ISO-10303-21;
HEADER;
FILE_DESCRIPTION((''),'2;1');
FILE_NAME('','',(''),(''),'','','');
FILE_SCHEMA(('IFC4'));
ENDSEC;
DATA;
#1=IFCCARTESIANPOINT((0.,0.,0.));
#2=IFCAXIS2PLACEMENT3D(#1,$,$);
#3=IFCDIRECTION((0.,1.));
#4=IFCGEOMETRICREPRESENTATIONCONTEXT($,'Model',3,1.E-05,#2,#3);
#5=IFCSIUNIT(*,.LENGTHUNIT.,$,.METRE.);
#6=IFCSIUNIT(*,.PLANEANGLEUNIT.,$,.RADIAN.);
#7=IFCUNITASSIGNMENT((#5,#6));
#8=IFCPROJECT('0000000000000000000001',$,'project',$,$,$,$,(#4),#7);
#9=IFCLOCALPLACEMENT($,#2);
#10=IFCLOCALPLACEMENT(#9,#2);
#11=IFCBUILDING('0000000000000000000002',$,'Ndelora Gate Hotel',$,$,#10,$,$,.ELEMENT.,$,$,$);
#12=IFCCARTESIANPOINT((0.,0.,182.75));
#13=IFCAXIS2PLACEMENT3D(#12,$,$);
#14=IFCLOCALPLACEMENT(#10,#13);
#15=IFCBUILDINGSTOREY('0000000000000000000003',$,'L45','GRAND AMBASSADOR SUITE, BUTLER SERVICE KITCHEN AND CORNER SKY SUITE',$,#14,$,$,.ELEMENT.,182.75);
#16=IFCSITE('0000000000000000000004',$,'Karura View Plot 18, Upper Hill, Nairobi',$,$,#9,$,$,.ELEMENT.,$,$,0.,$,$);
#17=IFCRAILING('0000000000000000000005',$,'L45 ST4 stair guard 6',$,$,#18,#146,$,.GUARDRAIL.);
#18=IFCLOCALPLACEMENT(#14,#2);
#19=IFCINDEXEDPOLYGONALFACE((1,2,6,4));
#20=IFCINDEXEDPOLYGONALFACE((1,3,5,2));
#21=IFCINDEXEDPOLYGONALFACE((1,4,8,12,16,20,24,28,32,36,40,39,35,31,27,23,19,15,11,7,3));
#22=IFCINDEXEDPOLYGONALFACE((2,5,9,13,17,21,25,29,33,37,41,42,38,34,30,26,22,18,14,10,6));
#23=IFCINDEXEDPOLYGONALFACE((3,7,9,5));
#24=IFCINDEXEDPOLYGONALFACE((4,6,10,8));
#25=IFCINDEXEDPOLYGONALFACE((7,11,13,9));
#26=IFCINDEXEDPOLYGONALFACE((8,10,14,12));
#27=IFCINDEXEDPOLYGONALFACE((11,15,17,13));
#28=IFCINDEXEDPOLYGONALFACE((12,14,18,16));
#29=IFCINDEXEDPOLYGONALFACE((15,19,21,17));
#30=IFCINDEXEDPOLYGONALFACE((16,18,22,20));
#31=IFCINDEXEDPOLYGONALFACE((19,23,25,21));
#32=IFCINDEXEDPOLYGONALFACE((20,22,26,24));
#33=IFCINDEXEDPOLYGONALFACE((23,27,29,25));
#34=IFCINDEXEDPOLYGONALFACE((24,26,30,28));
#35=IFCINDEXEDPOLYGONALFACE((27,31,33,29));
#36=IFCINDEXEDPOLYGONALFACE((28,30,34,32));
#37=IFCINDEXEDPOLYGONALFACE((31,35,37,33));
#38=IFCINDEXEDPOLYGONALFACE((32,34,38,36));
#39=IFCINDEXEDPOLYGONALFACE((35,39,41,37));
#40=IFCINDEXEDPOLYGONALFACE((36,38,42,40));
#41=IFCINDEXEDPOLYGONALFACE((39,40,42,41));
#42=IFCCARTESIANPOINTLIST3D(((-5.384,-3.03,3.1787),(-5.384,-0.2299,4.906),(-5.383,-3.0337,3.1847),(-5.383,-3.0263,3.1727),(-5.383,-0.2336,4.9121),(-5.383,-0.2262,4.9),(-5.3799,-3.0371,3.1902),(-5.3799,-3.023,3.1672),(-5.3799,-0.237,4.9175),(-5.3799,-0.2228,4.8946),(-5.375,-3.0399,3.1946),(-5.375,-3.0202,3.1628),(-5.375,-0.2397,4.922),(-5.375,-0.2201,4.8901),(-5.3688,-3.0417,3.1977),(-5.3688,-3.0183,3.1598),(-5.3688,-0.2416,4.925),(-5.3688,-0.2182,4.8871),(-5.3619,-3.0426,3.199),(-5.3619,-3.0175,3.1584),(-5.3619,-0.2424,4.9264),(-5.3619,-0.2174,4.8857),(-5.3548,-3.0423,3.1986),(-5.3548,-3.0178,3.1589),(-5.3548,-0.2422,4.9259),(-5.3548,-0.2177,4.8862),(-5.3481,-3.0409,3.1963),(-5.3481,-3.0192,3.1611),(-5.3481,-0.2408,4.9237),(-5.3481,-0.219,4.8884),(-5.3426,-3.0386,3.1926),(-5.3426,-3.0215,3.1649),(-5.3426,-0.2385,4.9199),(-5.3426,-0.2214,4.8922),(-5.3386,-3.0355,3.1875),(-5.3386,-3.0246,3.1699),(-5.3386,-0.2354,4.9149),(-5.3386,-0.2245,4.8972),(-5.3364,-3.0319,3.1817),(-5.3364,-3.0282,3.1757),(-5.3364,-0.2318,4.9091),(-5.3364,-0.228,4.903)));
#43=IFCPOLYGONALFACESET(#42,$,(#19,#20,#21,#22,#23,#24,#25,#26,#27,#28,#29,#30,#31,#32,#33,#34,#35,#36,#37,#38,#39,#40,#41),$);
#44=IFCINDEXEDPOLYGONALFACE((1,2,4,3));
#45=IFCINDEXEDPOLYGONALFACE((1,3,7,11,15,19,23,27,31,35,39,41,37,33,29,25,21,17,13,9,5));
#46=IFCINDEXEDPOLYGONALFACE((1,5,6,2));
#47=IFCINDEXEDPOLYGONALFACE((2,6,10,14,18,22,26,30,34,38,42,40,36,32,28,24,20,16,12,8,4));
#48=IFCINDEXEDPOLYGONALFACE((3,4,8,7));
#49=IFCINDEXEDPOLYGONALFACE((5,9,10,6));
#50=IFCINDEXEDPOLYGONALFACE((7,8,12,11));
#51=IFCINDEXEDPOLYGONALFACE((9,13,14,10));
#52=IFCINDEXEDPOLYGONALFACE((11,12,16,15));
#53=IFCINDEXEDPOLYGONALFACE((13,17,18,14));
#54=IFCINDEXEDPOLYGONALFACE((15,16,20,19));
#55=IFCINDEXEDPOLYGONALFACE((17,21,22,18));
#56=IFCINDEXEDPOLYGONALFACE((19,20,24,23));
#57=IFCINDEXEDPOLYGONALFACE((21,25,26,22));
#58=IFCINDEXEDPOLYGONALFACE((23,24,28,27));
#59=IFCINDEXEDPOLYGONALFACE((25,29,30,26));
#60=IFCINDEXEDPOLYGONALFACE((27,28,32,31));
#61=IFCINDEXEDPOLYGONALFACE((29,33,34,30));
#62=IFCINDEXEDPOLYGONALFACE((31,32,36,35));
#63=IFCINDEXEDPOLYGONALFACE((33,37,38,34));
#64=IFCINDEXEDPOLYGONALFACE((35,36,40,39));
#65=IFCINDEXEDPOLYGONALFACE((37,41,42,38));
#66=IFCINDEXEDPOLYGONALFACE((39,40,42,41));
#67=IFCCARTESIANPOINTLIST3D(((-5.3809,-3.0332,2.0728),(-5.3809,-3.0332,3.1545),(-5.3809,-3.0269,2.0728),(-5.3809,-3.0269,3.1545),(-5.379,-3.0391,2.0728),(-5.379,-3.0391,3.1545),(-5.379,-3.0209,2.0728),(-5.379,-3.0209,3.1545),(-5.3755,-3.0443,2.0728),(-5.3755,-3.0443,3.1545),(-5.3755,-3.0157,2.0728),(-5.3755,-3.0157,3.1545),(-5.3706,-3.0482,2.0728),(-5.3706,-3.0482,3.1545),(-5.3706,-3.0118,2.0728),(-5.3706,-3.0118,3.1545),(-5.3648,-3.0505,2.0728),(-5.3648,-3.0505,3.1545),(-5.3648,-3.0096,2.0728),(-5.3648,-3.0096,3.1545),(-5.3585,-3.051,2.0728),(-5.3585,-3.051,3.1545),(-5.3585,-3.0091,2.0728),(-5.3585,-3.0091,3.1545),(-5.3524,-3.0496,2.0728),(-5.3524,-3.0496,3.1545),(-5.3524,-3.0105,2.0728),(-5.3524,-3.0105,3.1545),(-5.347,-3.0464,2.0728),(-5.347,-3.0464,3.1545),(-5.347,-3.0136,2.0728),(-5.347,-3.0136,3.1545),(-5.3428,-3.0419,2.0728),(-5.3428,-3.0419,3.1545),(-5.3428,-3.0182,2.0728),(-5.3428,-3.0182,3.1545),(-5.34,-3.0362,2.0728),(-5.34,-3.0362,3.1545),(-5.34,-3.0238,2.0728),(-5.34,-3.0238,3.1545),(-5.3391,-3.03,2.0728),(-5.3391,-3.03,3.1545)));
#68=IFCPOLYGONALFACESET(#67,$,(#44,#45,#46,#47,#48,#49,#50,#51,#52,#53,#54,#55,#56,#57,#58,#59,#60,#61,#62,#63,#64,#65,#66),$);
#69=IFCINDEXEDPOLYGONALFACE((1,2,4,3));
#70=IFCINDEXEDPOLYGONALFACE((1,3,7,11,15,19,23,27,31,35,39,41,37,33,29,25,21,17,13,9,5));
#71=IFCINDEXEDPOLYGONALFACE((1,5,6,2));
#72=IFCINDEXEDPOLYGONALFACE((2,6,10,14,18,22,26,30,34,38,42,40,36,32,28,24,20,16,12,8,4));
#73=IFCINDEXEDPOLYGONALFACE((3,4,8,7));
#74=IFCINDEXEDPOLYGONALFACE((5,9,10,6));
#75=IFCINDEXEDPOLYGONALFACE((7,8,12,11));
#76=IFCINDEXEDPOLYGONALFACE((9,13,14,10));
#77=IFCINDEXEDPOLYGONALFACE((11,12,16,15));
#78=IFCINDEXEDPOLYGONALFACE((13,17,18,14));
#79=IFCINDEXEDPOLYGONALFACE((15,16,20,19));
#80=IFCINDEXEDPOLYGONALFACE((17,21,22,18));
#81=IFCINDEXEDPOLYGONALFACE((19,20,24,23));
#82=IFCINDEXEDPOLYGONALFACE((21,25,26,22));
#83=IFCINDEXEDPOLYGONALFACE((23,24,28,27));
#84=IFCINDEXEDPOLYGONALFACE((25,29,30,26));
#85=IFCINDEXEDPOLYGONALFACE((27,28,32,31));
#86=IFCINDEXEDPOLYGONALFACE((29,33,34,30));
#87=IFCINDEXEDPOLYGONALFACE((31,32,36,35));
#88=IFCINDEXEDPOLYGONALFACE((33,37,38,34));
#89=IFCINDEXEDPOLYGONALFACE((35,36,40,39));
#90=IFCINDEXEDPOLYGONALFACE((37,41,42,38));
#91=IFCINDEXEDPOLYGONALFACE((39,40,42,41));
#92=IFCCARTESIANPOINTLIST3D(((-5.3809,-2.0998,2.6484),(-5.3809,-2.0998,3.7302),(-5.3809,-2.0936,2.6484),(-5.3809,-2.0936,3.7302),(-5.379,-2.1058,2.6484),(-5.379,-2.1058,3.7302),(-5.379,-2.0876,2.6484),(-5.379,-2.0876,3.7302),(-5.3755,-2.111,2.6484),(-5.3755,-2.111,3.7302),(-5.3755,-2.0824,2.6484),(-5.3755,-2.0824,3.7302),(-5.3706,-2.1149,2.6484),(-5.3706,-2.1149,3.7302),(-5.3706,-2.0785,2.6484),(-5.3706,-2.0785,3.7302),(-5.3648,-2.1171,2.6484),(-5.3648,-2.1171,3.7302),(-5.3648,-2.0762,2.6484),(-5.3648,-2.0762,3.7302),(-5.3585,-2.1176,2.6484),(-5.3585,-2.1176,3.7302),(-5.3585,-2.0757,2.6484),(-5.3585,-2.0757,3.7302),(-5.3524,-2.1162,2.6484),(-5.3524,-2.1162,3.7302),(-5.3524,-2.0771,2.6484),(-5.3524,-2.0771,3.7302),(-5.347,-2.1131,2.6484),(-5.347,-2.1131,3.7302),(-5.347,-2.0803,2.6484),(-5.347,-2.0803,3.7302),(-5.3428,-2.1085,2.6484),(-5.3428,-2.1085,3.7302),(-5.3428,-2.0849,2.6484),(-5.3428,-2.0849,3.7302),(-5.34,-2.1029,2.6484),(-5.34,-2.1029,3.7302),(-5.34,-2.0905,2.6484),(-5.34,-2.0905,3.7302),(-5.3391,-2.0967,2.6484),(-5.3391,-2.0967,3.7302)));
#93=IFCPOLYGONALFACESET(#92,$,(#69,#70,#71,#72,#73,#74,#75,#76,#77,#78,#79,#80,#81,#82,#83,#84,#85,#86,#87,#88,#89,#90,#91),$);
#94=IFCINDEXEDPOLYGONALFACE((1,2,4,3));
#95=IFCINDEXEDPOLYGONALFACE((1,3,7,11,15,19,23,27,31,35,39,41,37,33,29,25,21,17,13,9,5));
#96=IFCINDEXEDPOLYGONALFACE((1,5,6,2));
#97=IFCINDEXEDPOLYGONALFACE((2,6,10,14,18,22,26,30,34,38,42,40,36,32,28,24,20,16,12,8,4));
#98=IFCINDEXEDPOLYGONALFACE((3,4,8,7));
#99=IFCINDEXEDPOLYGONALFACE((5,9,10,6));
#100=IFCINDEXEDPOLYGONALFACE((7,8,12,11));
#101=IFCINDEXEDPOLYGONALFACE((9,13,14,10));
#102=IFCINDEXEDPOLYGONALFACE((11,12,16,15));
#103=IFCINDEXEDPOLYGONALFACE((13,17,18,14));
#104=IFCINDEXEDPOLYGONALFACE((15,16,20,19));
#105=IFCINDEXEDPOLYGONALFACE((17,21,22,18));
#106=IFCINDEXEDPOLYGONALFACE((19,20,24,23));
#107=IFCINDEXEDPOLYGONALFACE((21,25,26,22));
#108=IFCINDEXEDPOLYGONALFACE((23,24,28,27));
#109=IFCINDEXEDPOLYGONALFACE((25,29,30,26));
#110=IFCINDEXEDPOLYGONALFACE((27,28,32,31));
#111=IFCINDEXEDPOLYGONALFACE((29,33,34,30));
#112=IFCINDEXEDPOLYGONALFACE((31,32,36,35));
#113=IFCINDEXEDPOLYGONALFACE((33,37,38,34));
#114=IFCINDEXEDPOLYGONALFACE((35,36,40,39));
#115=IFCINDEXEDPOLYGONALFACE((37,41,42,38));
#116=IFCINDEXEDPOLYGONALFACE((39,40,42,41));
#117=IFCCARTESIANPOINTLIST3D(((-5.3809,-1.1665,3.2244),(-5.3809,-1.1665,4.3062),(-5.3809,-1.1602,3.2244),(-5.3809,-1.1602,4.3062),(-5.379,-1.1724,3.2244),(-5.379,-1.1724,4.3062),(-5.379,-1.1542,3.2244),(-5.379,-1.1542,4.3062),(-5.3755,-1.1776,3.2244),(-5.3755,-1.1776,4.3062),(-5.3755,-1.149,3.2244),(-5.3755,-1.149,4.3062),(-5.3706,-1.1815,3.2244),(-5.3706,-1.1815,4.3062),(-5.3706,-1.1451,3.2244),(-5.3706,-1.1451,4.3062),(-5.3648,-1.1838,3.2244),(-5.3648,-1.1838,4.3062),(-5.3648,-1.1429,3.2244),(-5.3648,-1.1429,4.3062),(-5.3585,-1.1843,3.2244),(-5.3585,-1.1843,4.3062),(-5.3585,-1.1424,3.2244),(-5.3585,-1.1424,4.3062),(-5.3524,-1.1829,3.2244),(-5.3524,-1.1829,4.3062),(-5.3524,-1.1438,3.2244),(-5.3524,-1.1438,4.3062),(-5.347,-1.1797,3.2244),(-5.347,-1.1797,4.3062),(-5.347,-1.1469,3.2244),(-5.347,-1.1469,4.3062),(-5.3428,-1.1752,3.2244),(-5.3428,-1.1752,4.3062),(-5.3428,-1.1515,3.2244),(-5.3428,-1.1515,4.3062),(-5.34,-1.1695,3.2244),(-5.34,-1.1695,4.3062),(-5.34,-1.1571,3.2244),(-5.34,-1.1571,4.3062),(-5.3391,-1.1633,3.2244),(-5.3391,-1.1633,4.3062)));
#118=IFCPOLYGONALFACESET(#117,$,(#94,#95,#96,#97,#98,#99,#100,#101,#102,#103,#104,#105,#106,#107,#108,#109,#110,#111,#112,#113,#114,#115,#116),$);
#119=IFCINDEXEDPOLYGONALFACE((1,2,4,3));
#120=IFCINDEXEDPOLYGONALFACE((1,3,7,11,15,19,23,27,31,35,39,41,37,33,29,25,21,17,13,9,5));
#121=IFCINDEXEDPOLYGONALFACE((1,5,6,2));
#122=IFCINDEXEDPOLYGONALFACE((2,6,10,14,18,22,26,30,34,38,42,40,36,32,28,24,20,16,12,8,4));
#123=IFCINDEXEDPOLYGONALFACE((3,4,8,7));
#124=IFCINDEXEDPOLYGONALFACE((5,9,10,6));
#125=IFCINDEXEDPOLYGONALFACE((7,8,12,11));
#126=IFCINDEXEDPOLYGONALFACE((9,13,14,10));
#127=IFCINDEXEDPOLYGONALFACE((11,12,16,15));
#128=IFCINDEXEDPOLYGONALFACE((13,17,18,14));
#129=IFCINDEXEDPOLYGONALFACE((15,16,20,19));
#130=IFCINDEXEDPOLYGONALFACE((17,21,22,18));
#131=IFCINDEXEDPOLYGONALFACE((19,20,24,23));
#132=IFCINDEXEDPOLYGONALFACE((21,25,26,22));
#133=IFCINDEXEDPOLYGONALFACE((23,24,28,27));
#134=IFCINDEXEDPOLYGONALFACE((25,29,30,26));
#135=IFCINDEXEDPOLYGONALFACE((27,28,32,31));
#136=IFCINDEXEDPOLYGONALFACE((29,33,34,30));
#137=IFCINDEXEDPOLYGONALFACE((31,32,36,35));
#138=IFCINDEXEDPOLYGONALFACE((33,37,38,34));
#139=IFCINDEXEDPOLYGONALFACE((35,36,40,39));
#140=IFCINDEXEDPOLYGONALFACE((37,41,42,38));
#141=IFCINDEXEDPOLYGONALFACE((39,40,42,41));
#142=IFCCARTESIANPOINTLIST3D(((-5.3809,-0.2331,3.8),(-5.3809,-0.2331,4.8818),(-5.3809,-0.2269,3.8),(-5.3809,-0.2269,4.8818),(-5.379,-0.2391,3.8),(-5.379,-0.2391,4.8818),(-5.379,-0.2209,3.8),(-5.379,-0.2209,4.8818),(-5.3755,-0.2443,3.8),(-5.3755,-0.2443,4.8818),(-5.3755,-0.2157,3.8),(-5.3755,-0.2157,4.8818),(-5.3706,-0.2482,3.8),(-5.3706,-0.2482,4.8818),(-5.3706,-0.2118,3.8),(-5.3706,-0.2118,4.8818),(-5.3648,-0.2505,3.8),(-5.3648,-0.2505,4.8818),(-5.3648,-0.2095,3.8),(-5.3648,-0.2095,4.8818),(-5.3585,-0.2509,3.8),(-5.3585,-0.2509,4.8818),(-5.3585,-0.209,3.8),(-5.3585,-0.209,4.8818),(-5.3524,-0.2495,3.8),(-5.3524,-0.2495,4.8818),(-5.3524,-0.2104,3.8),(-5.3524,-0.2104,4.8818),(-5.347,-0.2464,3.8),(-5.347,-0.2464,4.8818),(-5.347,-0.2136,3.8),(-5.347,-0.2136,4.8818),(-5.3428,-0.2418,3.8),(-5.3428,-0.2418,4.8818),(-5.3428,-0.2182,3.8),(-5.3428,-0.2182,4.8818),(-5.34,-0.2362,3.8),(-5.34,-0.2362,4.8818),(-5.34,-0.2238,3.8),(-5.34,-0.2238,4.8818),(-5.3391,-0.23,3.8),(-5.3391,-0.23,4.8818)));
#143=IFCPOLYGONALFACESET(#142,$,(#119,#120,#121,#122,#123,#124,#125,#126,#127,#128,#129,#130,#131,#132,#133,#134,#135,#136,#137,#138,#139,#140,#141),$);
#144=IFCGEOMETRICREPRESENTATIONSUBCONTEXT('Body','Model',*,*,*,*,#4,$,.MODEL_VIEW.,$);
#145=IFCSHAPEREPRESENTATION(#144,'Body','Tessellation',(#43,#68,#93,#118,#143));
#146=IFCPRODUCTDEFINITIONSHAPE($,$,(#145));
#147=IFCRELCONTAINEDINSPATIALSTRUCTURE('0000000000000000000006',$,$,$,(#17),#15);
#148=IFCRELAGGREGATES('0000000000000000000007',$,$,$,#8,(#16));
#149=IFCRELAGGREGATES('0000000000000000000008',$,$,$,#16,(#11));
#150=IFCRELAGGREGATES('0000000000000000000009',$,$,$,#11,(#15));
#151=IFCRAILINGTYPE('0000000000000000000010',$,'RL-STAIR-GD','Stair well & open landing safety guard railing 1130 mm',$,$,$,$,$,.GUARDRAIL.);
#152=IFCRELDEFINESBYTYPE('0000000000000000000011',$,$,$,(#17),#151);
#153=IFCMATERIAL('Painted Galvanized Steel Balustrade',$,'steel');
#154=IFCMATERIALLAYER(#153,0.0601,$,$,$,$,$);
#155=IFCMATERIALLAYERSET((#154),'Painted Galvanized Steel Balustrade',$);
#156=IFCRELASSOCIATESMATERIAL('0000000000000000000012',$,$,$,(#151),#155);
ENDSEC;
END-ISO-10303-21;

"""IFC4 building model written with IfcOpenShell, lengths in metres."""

from ifc_helpers import new_model, si_unit, direction, frame, origin, origin_2d, place, context, subcontext, project, spatial, circle, extrude, material, layer, layer_set, type_object, element, save


model = new_model("IFC4")

# Units and contexts
model_context = context("Model", 3, precision=1e-05, world=origin(), true_north=direction((0.0, 1.0)))
body_context = subcontext(model_context, "Body", "Model", "MODEL_VIEW")
ifc_project = project(units=[si_unit("LENGTHUNIT", "METRE"), si_unit("PLANEANGLEUNIT", "RADIAN")], contexts=[model_context])

# Site, building, storey
site_placement = place(None, origin())
site = spatial("IfcSite", under=ifc_project, at=site_placement, Name="Karura View Plot 18, Upper Hill, Nairobi", CompositionType="ELEMENT", RefElevation=0.0)
building_placement = place(site_placement, origin())
building = spatial("IfcBuilding", under=site, at=building_placement, Name="Ndelora Gate Hotel", CompositionType="ELEMENT")
storey_placement = place(building_placement, frame((0.0, 0.0, 182.75)))
storey = spatial("IfcBuildingStorey", under=building, at=storey_placement, Name="L45", Description="GRAND AMBASSADOR SUITE, BUTLER SERVICE KITCHEN AND CORNER SKY SUITE", CompositionType="ELEMENT", Elevation=182.75)

# Railing
ifc_material_1 = material(Name="Painted Galvanized Steel Balustrade", Category="steel")
ifc_layer_1 = layer(ifc_material_1, 0.0601)
ifc_layer_set_1 = layer_set([ifc_layer_1], Name="Painted Galvanized Steel Balustrade")
railing_type_1 = type_object("IfcRailingType", Name="RL-STAIR-GD", Description="Stair well & open landing safety guard railing 1130 mm", PredefinedType="GUARDRAIL", material=ifc_layer_set_1)
railing_1_placement = place(storey_placement, frame((-5.3601, -3.03, 2.0728)))
element("IfcRailing", 1, at=railing_1_placement, inside=storey, type_object=railing_type_1, Name="L45 ST4 stair guard 6", PredefinedType="GUARDRAIL", context=body_context, shape_type="SweptSolid", body=[
    extrude(circle(Radius=0.0239, at=origin_2d()), frame((0.0, 0.0, 1.106), z_axis=(0.0, 0.85109, 0.52502), x_axis=(-1.0, 0.0, 0.0)), (0.0, 0.0, 1.0), 3.29),
    extrude(circle(Radius=0.021, at=origin_2d()), origin(), (0.0, 0.0, 1.0), 1.0818),
    extrude(circle(Radius=0.021, at=origin_2d()), frame((0.0, 0.9333, 0.5757)), (0.0, 0.0, 1.0), 1.0818),
    extrude(circle(Radius=0.021, at=origin_2d()), frame((0.0, 1.8667, 1.1516)), (0.0, 0.0, 1.0), 1.0818),
    extrude(circle(Radius=0.021, at=origin_2d()), frame((0.0, 2.8, 1.7273)), (0.0, 0.0, 1.0), 1.0818),
])

save(model, "model.ifc")
